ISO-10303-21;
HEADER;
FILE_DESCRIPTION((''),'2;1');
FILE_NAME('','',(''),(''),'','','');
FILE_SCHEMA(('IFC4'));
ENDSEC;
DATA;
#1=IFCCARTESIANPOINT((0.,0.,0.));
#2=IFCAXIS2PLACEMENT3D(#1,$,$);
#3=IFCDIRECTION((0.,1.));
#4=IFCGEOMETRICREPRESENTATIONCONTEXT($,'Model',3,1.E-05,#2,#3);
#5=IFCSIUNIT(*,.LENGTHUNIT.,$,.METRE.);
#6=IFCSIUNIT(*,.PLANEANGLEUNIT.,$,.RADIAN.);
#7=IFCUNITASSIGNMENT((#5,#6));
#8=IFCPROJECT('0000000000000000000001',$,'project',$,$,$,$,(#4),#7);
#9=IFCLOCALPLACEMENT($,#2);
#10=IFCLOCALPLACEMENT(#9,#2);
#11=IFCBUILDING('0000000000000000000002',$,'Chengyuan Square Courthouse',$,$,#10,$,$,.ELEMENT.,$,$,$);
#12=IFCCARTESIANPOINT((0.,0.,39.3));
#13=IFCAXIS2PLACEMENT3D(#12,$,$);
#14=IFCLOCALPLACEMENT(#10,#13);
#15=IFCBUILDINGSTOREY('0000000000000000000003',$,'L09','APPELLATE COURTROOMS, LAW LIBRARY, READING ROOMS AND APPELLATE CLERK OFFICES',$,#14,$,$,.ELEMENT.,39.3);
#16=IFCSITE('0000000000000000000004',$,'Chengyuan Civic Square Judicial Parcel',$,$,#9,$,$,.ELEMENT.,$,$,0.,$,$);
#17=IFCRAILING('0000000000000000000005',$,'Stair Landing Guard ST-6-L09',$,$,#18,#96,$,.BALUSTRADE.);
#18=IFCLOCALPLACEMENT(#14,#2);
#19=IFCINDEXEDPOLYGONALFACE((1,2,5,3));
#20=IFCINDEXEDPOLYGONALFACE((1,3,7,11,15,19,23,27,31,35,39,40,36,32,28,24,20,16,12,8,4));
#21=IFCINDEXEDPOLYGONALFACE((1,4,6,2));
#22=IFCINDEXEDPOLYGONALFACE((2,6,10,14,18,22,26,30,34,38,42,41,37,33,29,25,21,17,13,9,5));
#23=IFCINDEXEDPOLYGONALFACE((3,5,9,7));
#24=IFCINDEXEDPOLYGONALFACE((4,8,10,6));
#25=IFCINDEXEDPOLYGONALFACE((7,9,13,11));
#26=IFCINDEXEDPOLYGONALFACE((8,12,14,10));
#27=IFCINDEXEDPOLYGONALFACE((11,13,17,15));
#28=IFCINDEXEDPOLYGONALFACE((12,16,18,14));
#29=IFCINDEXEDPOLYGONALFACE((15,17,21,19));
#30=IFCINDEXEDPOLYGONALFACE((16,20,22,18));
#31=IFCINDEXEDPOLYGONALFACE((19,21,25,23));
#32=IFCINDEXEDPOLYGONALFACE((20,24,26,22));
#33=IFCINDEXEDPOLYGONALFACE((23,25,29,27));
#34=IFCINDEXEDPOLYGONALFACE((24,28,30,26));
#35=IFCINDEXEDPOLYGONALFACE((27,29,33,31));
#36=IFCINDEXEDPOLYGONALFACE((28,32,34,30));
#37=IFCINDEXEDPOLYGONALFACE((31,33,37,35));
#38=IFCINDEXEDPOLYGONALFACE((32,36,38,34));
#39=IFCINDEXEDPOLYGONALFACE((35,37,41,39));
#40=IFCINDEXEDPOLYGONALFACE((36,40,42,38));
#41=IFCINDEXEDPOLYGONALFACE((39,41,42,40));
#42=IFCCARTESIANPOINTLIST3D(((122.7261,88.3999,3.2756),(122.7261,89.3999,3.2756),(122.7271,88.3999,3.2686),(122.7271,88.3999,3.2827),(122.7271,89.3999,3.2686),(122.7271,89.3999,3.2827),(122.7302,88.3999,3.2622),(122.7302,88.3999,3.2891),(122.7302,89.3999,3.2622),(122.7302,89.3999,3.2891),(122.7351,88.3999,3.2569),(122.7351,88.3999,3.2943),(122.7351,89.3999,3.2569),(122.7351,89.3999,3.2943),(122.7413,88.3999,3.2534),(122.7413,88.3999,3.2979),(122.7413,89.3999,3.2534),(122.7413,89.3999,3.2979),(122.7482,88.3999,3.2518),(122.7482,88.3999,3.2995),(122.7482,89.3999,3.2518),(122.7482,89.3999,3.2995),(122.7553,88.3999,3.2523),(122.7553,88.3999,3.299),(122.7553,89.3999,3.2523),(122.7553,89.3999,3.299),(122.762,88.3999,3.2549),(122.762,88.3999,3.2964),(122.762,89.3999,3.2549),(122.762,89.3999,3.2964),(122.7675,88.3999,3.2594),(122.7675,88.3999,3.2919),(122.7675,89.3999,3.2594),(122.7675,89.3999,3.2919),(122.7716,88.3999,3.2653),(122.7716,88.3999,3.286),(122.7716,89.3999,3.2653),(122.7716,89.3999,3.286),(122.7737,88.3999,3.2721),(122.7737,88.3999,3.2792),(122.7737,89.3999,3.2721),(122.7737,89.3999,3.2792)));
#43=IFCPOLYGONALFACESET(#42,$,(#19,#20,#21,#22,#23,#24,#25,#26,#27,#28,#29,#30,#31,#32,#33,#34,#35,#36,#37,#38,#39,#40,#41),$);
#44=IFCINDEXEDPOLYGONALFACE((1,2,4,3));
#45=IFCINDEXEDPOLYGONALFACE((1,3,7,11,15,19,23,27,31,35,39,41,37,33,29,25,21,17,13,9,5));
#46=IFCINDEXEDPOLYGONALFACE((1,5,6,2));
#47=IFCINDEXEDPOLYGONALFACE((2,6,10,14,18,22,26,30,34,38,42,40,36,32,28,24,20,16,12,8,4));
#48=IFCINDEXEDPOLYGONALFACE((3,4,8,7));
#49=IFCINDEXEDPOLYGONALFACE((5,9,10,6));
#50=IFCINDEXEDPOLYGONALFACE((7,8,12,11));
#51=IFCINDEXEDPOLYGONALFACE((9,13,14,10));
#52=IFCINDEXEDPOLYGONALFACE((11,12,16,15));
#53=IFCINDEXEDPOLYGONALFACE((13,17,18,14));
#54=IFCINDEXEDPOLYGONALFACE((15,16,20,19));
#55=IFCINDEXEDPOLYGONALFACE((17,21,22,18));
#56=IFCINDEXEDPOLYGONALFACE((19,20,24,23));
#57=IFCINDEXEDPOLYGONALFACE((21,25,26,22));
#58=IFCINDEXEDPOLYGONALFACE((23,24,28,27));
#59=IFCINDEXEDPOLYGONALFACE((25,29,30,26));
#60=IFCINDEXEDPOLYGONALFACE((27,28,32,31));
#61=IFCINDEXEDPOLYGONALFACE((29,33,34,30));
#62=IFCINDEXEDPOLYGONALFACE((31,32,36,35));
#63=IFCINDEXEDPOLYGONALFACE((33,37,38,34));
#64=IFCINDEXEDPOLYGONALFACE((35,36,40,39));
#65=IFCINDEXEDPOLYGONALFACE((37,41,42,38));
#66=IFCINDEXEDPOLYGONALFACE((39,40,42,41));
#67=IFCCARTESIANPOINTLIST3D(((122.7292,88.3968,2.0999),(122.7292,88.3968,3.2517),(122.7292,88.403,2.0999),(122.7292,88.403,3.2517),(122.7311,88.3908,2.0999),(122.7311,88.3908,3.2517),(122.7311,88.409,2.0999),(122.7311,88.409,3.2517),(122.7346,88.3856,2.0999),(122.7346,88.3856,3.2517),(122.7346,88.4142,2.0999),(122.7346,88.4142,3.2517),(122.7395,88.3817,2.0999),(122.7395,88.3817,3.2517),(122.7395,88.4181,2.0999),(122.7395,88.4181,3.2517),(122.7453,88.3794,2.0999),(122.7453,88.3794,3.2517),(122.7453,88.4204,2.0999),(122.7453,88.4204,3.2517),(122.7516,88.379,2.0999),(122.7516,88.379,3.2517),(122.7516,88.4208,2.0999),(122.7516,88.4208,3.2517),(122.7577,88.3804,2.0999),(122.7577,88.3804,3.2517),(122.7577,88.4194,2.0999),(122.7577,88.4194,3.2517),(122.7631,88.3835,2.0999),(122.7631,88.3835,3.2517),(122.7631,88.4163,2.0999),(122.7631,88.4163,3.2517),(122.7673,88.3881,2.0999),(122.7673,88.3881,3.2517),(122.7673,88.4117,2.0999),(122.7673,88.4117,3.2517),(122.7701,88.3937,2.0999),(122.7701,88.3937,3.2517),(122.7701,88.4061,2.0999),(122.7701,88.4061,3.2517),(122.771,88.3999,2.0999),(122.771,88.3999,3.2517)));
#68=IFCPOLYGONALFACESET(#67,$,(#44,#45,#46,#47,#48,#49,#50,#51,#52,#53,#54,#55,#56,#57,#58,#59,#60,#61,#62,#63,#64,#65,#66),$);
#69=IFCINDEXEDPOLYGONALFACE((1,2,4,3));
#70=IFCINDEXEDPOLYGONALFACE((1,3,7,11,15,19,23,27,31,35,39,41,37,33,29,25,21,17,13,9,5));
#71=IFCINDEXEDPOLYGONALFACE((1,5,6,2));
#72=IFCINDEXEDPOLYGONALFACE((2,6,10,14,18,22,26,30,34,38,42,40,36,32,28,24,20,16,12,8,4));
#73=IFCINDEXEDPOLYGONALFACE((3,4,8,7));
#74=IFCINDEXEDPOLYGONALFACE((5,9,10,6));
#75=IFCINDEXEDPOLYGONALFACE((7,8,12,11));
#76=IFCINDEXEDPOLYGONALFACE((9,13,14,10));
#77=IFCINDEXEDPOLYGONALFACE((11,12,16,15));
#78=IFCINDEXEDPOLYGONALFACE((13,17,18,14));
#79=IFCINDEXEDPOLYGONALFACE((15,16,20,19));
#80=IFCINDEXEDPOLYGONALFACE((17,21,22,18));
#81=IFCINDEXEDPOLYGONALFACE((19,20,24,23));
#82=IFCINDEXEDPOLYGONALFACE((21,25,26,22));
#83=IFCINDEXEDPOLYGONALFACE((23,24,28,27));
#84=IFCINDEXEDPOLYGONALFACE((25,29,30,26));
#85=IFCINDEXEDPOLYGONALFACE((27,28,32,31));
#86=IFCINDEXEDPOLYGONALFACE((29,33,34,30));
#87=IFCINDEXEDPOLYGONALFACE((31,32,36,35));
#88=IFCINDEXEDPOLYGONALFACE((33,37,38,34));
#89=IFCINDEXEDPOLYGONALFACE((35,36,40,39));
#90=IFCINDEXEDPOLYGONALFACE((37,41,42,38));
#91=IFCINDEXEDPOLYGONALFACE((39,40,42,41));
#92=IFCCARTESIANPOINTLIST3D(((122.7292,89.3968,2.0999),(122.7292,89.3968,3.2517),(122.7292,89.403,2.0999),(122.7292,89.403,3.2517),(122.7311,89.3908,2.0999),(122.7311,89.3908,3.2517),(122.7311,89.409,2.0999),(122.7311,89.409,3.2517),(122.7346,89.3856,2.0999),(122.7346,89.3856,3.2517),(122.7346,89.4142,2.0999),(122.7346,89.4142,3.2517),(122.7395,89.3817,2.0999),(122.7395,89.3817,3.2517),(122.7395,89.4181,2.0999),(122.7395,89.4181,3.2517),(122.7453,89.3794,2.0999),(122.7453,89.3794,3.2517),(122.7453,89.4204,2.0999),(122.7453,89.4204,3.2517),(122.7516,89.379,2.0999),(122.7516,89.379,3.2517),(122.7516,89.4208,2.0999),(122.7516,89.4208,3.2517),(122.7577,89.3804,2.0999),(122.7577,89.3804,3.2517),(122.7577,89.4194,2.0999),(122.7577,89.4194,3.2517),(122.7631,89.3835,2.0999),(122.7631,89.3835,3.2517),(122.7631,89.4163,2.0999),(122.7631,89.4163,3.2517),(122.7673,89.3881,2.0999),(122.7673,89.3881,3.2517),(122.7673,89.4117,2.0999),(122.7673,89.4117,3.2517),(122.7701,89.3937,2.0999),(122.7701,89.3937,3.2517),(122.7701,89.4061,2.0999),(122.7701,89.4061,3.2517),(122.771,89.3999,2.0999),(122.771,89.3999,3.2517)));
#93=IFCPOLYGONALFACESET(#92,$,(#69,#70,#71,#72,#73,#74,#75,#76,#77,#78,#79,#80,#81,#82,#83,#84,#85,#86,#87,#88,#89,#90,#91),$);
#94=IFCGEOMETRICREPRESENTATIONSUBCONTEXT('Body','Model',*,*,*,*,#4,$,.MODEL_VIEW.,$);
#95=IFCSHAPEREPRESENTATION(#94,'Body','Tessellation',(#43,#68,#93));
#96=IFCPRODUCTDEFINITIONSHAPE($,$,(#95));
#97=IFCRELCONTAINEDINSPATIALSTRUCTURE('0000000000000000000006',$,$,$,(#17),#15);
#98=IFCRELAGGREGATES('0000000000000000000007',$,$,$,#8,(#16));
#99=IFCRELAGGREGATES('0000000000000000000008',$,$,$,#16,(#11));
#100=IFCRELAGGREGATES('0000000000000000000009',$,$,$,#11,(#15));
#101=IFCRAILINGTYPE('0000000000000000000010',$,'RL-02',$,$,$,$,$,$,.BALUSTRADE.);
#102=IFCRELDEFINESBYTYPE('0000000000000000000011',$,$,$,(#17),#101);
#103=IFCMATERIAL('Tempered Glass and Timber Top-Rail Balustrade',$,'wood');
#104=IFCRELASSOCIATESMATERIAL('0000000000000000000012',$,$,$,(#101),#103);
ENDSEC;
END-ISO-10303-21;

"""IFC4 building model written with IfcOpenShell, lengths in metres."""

from ifc_helpers import new_model, si_unit, direction, frame, origin, origin_2d, place, context, subcontext, project, spatial, circle, extrude, material, type_object, element, save


model = new_model("IFC4")

# Units and contexts
model_context = context("Model", 3, precision=1e-05, world=origin(), true_north=direction((0.0, 1.0)))
body_context = subcontext(model_context, "Body", "Model", "MODEL_VIEW")
ifc_project = project(units=[si_unit("LENGTHUNIT", "METRE"), si_unit("PLANEANGLEUNIT", "RADIAN")], contexts=[model_context])

# Site, building, storey
site_placement = place(None, origin())
site = spatial("IfcSite", under=ifc_project, at=site_placement, Name="Chengyuan Civic Square Judicial Parcel", CompositionType="ELEMENT", RefElevation=0.0)
building_placement = place(site_placement, origin())
building = spatial("IfcBuilding", under=site, at=building_placement, Name="Chengyuan Square Courthouse", CompositionType="ELEMENT")
storey_placement = place(building_placement, frame((0.0, 0.0, 39.3)))
storey = spatial("IfcBuildingStorey", under=building, at=storey_placement, Name="L09", Description="APPELLATE COURTROOMS, LAW LIBRARY, READING ROOMS AND APPELLATE CLERK OFFICES", CompositionType="ELEMENT", Elevation=39.3)

# Railing
ifc_material_1 = material(Name="Tempered Glass and Timber Top-Rail Balustrade", Category="wood")
railing_type_1 = type_object("IfcRailingType", Name="RL-02", PredefinedType="BALUSTRADE", material=ifc_material_1)
for number, where, name in (
    (1, (122.75, 88.3999, 2.0999), "Stair Landing Guard ST-6-L09"),
):
    element("IfcRailing", number, at=place(storey_placement, frame(where)), inside=storey, type_object=railing_type_1, Name=name, PredefinedType="BALUSTRADE", context=body_context, shape_type="SweptSolid", body=[
        extrude(circle(Radius=0.0239, at=origin_2d()), frame((0.0, 0.0, 1.1758), z_axis=(0.0, 1.0, 0.0), x_axis=(-1.0, 0.0, 0.0)), (0.0, 0.0, 1.0), 1.0),
        extrude(circle(Radius=0.021, at=origin_2d()), origin(), (0.0, 0.0, 1.0), 1.1519),
        extrude(circle(Radius=0.021, at=origin_2d()), frame((0.0, 1.0, 0.0)), (0.0, 0.0, 1.0), 1.1519),
    ])

save(model, "model.ifc")
